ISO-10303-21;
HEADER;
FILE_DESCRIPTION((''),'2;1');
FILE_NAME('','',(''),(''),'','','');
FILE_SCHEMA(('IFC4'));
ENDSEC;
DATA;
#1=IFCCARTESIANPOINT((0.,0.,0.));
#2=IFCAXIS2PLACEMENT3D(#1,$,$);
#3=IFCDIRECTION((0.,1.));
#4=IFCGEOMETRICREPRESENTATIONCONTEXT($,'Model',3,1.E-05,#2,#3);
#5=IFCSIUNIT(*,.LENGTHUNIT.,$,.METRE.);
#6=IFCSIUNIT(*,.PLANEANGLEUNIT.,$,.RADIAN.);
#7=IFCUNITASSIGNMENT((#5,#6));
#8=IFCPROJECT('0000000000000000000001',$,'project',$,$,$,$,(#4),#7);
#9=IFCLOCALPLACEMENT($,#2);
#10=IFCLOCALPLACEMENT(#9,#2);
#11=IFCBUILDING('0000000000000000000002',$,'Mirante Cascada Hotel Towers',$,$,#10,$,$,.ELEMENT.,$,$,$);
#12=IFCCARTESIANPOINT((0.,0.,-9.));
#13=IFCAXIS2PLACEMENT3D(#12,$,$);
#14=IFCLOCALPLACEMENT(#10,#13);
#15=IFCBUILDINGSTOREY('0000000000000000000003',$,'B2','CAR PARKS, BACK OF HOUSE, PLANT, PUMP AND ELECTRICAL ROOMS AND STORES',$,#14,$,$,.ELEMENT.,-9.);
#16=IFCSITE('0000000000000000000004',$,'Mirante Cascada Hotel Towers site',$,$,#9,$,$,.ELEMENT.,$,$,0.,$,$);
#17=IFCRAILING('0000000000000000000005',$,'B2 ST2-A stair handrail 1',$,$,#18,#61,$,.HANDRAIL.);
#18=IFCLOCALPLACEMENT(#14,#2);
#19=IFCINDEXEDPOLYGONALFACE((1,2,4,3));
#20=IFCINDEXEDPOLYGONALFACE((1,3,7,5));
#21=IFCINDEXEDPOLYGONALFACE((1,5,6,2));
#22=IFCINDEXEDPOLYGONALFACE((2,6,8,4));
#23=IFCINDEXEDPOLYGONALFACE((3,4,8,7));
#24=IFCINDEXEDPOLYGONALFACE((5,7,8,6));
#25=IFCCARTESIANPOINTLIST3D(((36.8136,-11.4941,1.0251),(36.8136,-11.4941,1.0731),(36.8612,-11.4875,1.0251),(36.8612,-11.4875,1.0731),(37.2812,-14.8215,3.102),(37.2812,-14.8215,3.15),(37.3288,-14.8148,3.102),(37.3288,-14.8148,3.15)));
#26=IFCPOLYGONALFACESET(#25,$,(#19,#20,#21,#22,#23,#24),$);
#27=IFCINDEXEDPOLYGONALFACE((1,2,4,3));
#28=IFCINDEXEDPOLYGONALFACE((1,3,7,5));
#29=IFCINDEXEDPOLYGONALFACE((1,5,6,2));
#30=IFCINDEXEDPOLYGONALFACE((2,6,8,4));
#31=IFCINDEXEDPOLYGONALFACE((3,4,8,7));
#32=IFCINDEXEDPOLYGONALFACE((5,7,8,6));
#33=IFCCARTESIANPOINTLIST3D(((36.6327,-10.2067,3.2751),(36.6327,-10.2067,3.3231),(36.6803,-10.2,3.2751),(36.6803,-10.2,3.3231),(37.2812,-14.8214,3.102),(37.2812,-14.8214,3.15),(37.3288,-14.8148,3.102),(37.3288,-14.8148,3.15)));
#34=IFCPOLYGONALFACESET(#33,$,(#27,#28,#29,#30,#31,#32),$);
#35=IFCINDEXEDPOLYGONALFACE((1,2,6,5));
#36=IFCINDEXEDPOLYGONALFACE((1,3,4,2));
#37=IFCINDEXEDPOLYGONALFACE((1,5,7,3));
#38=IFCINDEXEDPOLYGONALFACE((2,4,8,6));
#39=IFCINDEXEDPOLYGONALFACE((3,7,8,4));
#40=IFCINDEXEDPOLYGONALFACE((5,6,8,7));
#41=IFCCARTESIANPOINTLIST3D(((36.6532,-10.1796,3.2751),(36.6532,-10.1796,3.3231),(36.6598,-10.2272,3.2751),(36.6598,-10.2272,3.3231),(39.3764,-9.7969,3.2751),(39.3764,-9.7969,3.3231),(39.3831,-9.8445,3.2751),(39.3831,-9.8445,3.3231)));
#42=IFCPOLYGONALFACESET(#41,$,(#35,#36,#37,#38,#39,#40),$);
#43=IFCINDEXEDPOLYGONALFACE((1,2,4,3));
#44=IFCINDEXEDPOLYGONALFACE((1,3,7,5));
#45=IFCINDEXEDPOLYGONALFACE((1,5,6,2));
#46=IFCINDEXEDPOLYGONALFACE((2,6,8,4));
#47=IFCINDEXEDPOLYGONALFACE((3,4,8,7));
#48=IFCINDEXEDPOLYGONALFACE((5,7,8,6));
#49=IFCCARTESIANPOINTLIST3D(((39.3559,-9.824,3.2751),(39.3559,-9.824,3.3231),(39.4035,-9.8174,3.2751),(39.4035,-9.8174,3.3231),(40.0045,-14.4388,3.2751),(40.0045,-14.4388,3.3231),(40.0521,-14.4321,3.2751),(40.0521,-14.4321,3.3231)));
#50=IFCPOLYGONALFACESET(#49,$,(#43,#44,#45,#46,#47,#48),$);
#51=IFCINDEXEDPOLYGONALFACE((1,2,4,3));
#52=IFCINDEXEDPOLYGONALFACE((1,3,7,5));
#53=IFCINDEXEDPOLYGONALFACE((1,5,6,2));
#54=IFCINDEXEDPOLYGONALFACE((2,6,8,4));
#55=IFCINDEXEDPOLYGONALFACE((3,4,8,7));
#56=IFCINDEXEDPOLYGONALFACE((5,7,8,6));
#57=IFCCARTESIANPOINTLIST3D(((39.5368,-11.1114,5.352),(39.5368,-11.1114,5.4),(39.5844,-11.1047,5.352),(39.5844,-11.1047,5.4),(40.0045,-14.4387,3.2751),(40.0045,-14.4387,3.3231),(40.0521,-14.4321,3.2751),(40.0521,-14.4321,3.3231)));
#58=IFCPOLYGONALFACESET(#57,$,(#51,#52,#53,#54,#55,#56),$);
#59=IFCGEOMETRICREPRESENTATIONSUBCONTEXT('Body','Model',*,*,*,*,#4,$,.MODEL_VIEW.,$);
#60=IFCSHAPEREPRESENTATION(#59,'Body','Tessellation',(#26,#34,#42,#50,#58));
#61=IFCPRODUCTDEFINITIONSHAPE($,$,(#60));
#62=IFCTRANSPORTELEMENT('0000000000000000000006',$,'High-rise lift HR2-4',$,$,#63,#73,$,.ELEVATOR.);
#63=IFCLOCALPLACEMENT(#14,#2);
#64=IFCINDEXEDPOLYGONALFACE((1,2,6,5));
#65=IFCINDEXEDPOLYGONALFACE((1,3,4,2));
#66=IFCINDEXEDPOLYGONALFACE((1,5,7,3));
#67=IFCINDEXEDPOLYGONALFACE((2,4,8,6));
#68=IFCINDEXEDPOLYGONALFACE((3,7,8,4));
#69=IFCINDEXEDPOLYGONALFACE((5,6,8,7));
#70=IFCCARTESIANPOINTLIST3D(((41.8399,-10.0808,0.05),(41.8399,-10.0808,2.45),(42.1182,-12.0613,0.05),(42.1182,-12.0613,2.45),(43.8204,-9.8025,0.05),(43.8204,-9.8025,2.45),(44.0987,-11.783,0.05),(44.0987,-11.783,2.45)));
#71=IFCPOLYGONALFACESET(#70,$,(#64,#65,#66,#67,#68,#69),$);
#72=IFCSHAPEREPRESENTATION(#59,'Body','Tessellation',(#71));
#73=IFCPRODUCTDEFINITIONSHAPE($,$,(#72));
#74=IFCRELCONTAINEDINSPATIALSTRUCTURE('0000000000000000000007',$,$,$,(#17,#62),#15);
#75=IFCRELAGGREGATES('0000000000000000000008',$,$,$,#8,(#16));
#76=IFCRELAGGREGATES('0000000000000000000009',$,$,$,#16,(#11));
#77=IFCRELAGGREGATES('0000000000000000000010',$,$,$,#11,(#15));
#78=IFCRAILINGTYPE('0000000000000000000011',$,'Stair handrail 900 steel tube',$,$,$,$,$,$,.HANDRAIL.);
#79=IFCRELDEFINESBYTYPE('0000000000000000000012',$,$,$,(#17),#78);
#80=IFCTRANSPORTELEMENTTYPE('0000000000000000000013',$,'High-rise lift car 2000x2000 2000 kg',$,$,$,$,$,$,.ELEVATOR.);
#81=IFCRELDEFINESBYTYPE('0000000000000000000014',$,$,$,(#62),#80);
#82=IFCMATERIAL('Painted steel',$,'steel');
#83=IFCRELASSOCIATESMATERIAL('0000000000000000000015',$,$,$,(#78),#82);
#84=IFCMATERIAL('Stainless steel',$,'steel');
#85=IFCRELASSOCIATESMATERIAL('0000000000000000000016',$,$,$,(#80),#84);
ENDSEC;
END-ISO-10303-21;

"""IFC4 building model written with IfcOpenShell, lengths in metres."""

from ifc_helpers import new_model, si_unit, direction, frame, origin, origin_2d, place, context, subcontext, project, spatial, rectangle, extrude, material, type_object, element, save


model = new_model("IFC4")

# Units and contexts
model_context = context("Model", 3, precision=1e-05, world=origin(), true_north=direction((0.0, 1.0)))
body_context = subcontext(model_context, "Body", "Model", "MODEL_VIEW")
ifc_project = project(units=[si_unit("LENGTHUNIT", "METRE"), si_unit("PLANEANGLEUNIT", "RADIAN")], contexts=[model_context])

# Site, building, storey
site_placement = place(None, origin())
site = spatial("IfcSite", under=ifc_project, at=site_placement, Name="Mirante Cascada Hotel Towers site", CompositionType="ELEMENT", RefElevation=0.0)
building_placement = place(site_placement, origin())
building = spatial("IfcBuilding", under=site, at=building_placement, Name="Mirante Cascada Hotel Towers", CompositionType="ELEMENT")
storey_placement = place(building_placement, frame((0.0, 0.0, -9.0)))
storey = spatial("IfcBuildingStorey", under=building, at=storey_placement, Name="B2", Description="CAR PARKS, BACK OF HOUSE, PLANT, PUMP AND ELECTRICAL ROOMS AND STORES", CompositionType="ELEMENT", Elevation=-9.0)

# Railing
ifc_material_1 = material(Name="Painted steel", Category="steel")
railing_type_1 = type_object("IfcRailingType", Name="Stair handrail 900 steel tube", PredefinedType="HANDRAIL", material=ifc_material_1)
railing_1_placement = place(storey_placement, frame((36.8374, -11.4908, 0.1731)))
element("IfcRailing", 1, at=railing_1_placement, inside=storey, type_object=railing_type_1, Name="B2 ST2-A stair handrail 1", PredefinedType="HANDRAIL", context=body_context, shape_type="SweptSolid", body=[
    extrude(rectangle(XDim=0.048, YDim=0.048, at=origin_2d()), frame((0.0, 0.0, 0.876), z_axis=(0.139167, -0.990269, 0.0), x_axis=(0.990269, 0.139167, 0.0)), (0.0, 0.525787, 0.850616), 3.9501),
    extrude(rectangle(XDim=0.048, YDim=0.048, at=origin_2d()), frame((0.4676, -3.3273, 2.9529), z_axis=(-0.139162, 0.99027, 0.0), x_axis=(-0.99027, -0.139162, 0.0)), (0.0, 0.03712, 0.999311), 4.6633),
    extrude(rectangle(XDim=0.048, YDim=0.048, at=origin_2d()), frame((-0.1809, 1.2874, 3.126), z_axis=(0.990269, 0.139166, 0.0), x_axis=(-0.139166, 0.990269, 0.0)), (0.0, 0.0, 1.0), 2.75),
    extrude(rectangle(XDim=0.048, YDim=0.048, at=origin_2d()), frame((2.5423, 1.6701, 3.126), z_axis=(0.139183, -0.990267, 0.0), x_axis=(0.990267, 0.139183, 0.0)), (0.0, 0.0, 1.0), 4.6601),
    extrude(rectangle(XDim=0.048, YDim=0.048, at=origin_2d()), frame((3.1909, -2.9446, 3.126), z_axis=(-0.139196, 0.990265, 0.0), x_axis=(-0.990265, -0.139196, 0.0)), (0.0, 0.525786, 0.850617), 3.9501),
])

# Transport element
ifc_material_2 = material(Name="Stainless steel", Category="steel")
transport_element_type = type_object("IfcTransportElementType", Name="High-rise lift car 2000x2000 2000 kg", PredefinedType="ELEVATOR", material=ifc_material_2)
transport_element_placement = place(storey_placement, frame((42.9693, -10.9319, 0.05), z_axis=(0.0, 0.0, 1.0), x_axis=(0.990268, 0.139173, 0.0)))
element("IfcTransportElement", 2, at=transport_element_placement, inside=storey, type_object=transport_element_type, Name="High-rise lift HR2-4", PredefinedType="ELEVATOR", context=body_context, shape_type="SweptSolid", body=[
    extrude(rectangle(XDim=2.0, YDim=2.0, at=origin_2d()), origin(), (0.0, 0.0, 1.0), 2.4),
])

save(model, "model.ifc")
